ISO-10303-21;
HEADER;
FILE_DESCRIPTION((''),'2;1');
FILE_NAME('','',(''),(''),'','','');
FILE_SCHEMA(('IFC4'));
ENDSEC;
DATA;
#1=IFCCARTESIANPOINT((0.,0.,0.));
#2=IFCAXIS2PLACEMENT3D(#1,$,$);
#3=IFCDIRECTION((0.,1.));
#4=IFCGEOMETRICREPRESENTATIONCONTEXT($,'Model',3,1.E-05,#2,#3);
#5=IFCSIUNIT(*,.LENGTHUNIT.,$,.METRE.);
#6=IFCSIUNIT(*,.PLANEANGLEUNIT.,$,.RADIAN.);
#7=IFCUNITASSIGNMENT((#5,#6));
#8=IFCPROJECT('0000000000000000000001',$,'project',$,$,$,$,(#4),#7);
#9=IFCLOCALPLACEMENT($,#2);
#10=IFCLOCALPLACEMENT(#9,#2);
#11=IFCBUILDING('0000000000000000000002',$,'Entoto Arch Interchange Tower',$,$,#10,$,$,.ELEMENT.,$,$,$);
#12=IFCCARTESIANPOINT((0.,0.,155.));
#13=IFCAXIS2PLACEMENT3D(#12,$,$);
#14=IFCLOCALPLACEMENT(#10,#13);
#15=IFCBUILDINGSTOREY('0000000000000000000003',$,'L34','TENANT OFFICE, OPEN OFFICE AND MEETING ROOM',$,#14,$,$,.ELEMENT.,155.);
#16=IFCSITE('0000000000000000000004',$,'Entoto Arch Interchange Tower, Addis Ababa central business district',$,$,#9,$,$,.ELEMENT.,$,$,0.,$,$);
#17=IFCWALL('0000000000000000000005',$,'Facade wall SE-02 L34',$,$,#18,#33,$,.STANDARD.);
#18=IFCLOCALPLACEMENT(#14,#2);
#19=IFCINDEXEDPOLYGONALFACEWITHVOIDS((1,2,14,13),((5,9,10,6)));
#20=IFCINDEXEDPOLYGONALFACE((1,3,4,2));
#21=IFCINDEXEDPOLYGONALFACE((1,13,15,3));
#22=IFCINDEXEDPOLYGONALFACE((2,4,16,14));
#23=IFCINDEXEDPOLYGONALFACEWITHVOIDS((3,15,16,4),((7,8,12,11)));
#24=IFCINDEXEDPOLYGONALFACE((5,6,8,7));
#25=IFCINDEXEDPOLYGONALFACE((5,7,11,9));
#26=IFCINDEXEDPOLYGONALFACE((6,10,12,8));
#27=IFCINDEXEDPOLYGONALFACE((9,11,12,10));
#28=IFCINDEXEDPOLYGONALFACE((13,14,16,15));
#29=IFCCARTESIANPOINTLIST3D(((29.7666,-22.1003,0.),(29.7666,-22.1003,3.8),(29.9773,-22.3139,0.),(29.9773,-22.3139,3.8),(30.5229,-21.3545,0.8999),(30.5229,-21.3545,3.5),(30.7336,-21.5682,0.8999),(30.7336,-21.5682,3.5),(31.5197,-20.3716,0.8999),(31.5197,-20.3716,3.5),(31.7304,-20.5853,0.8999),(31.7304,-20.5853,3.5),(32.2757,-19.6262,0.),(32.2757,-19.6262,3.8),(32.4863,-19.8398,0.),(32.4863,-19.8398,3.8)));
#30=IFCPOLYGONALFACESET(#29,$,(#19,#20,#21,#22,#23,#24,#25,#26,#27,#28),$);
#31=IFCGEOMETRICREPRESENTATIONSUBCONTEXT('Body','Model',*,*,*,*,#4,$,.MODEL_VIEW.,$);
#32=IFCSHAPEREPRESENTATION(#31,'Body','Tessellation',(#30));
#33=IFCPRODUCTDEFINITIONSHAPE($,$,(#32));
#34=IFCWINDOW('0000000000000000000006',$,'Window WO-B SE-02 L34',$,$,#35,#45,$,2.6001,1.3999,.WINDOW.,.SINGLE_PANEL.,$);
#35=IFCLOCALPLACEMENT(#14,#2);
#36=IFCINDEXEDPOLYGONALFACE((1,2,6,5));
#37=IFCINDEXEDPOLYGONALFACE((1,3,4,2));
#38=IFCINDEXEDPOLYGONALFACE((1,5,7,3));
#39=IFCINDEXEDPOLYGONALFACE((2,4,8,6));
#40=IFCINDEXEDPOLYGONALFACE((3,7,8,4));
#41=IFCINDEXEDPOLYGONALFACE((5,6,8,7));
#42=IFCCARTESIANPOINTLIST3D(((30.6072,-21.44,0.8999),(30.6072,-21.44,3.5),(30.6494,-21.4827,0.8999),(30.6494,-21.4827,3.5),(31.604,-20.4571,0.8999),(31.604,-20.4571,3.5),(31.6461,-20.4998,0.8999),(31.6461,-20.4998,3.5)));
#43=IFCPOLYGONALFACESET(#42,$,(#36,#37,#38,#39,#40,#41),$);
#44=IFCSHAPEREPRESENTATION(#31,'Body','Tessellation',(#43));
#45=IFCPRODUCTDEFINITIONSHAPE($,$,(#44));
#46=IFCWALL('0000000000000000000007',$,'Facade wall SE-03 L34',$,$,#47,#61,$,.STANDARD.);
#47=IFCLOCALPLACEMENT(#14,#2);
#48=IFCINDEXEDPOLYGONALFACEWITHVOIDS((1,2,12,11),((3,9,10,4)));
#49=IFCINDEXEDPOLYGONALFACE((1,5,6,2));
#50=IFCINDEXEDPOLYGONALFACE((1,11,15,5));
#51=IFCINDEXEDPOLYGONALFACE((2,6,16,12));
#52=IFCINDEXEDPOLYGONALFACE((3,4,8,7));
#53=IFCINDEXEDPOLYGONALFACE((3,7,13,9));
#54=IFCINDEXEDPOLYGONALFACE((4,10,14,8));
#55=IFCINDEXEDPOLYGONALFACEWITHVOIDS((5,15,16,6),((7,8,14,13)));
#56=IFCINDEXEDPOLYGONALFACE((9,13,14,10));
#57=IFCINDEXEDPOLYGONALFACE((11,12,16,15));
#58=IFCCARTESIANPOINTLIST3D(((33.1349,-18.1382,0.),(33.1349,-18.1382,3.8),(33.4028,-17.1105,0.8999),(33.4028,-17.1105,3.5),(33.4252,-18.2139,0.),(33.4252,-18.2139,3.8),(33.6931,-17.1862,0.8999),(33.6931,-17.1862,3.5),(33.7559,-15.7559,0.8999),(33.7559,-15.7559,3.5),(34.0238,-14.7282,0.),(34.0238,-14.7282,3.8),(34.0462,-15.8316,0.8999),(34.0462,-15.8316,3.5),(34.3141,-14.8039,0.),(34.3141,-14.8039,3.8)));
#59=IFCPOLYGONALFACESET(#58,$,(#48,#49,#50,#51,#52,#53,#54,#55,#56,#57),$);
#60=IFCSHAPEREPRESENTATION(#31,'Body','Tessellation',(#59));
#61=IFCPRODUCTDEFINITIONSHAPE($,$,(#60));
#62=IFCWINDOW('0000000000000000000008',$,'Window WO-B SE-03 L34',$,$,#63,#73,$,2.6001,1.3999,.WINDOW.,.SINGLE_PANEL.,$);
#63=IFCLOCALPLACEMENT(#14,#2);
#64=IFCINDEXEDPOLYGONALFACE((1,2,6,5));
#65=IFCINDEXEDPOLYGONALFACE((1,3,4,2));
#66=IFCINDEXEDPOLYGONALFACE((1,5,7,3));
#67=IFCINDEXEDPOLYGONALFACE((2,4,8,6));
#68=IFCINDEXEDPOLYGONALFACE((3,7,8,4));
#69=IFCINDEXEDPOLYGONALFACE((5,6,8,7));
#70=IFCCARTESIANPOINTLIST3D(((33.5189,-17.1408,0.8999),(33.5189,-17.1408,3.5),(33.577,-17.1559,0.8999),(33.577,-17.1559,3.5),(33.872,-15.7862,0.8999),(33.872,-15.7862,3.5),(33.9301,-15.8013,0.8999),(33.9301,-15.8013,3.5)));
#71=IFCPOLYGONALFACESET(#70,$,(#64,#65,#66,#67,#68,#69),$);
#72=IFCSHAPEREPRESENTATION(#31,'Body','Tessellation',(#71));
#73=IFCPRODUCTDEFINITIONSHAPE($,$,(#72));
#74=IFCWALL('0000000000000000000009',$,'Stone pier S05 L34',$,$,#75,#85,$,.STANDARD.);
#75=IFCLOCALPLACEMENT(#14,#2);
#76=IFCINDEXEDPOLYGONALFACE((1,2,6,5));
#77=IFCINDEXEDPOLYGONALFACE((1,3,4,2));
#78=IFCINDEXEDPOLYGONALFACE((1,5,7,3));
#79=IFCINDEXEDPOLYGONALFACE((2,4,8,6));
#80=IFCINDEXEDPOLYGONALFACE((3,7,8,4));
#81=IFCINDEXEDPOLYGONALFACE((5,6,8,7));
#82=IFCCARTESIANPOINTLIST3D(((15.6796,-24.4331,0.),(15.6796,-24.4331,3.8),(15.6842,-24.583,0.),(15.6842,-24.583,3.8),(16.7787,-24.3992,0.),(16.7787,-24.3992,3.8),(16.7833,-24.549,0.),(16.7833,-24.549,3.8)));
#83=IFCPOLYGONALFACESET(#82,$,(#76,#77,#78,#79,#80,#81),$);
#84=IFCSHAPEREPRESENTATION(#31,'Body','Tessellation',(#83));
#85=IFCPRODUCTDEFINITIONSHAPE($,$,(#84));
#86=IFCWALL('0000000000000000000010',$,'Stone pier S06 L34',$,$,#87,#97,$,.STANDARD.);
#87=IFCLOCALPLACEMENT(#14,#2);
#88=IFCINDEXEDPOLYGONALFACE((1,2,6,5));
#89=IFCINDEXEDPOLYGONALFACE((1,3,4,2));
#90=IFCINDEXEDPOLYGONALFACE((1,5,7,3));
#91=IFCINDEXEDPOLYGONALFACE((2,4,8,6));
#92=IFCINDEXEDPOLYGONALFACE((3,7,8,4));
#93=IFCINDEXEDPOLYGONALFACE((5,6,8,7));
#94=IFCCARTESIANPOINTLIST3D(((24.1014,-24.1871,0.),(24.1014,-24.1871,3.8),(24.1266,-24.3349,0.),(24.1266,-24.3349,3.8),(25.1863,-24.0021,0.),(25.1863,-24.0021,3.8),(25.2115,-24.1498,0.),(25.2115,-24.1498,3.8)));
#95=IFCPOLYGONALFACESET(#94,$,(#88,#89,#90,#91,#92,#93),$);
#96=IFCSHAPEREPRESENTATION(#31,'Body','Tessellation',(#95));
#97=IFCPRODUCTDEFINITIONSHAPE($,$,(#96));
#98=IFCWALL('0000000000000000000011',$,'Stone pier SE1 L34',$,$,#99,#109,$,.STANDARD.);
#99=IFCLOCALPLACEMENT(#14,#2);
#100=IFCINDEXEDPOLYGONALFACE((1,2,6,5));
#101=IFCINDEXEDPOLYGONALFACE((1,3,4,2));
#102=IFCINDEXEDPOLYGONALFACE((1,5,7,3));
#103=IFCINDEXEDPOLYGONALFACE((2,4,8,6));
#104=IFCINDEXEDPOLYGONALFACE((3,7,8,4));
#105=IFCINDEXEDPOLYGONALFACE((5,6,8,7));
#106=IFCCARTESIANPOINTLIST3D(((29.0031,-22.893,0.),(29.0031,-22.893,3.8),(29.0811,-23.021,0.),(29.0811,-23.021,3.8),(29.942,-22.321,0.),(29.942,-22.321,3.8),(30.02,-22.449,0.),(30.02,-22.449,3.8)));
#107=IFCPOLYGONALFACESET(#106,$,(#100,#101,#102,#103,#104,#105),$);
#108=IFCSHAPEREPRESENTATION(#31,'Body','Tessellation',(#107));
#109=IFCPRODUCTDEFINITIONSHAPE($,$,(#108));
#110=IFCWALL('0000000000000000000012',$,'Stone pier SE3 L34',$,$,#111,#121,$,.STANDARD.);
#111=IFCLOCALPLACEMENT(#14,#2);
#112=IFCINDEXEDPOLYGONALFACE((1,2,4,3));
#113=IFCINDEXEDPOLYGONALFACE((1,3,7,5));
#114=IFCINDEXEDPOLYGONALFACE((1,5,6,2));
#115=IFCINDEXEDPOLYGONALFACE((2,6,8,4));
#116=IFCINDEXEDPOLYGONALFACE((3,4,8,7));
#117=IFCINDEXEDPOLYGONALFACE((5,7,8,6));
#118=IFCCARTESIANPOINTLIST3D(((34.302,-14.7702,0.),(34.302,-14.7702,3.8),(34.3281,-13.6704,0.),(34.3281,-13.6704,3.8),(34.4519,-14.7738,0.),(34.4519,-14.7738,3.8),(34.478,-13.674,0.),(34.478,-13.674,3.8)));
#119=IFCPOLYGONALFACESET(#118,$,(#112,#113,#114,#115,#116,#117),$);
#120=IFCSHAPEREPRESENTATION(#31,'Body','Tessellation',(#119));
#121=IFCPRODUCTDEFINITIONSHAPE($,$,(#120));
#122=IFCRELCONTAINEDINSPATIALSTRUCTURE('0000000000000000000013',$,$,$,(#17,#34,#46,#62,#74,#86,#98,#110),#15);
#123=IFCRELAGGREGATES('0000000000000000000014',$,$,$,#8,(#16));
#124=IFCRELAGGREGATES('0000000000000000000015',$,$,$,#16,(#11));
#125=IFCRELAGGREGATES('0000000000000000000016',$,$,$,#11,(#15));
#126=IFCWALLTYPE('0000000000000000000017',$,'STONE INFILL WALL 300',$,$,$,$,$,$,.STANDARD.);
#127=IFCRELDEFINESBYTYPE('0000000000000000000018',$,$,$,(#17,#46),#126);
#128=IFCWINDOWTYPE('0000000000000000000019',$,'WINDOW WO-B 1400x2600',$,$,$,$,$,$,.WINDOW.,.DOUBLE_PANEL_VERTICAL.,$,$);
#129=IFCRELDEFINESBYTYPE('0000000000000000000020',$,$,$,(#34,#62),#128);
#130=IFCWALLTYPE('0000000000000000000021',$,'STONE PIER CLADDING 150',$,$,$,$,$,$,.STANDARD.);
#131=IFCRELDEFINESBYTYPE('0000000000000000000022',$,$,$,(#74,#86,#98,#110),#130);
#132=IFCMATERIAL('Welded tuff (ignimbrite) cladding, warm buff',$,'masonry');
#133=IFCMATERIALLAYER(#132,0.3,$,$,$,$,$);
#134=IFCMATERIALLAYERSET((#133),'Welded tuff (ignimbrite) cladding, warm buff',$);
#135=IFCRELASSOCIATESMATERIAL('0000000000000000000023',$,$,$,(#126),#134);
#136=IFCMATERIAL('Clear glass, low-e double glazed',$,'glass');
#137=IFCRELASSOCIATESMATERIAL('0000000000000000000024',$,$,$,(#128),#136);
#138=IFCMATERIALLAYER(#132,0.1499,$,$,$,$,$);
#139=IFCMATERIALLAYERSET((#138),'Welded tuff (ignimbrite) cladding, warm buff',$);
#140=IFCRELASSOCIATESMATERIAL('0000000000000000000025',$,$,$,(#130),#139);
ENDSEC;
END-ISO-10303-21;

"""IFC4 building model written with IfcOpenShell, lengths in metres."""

from ifc_helpers import new_model, si_unit, direction, frame, frame_2d, origin, place, context, subcontext, project, spatial, rectangle, extrude, material, layer, layer_set, type_object, element, fill, save


model = new_model("IFC4")

# Units and contexts
model_context = context("Model", 3, precision=1e-05, world=origin(), true_north=direction((0.0, 1.0)))
body_context = subcontext(model_context, "Body", "Model", "MODEL_VIEW")
ifc_project = project(units=[si_unit("LENGTHUNIT", "METRE"), si_unit("PLANEANGLEUNIT", "RADIAN")], contexts=[model_context])

# Site, building, storey
site_placement = place(None, origin())
site = spatial("IfcSite", under=ifc_project, at=site_placement, Name="Entoto Arch Interchange Tower, Addis Ababa central business district", CompositionType="ELEMENT", RefElevation=0.0)
building_placement = place(site_placement, origin())
building = spatial("IfcBuilding", under=site, at=building_placement, Name="Entoto Arch Interchange Tower", CompositionType="ELEMENT")
storey_placement = place(building_placement, frame((0.0, 0.0, 155.0)))
storey = spatial("IfcBuildingStorey", under=building, at=storey_placement, Name="L34", Description="TENANT OFFICE, OPEN OFFICE AND MEETING ROOM", CompositionType="ELEMENT", Elevation=155.0)

# Shared definitions
ifc_material_1 = material(Name="Welded tuff (ignimbrite) cladding, warm buff", Category="masonry")
ifc_layer_1 = layer(ifc_material_1, 0.3)
ifc_layer_set_1 = layer_set([ifc_layer_1], Name="Welded tuff (ignimbrite) cladding, warm buff")
wall_type_1 = type_object("IfcWallType", Name="STONE INFILL WALL 300", PredefinedType="STANDARD", material=ifc_layer_set_1)
ifc_material_2 = material(Name="Clear glass, low-e double glazed", Category="glass")

# Walls, openings, windows
window_type_1 = type_object("IfcWindowType", Name="WINDOW WO-B 1400x2600", PartitioningType="DOUBLE_PANEL_VERTICAL", PredefinedType="WINDOW", material=ifc_material_2)
wall_1_placement = place(storey_placement, frame((29.8721, -22.207, 0.0), z_axis=(0.0, 0.0, 1.0), x_axis=(0.712043, 0.702136, 0.0)))
wall_1 = element("IfcWall", 1, at=wall_1_placement, inside=storey, type_object=wall_type_1, Name="Facade wall SE-02 L34", PredefinedType="STANDARD", context=body_context, shape_type="SweptSolid", body=[
    extrude(rectangle(XDim=3.5237, YDim=0.3, at=frame_2d((1.7617, 0.0))), origin(), (0.0, 0.0, 1.0), 3.8),
])
opening_1_placement = place(wall_1_placement, frame((1.062, 0.0, 0.8999)))
opening_1 = element("IfcOpeningElement", 2, at=opening_1_placement, cuts=wall_1, PredefinedType="OPENING", context=body_context, shape_type="SweptSolid", body=[
    extrude(rectangle(XDim=1.3999, YDim=2.6001, at=frame_2d((0.7, 1.3))), frame((0.0, 0.1602, 0.0), z_axis=(0.0, -1.0, 0.0), x_axis=(1.0, 0.0, 0.0)), (0.0, 0.0, 1.0), 0.3201),
])
window_1_placement = place(opening_1_placement, origin())
window_1 = element("IfcWindow", 3, at=window_1_placement, inside=storey, type_object=window_type_1, Name="Window WO-B SE-02 L34", OverallHeight=2.6001, OverallWidth=1.3999, PartitioningType="SINGLE_PANEL", PredefinedType="WINDOW", context=body_context, shape_type="SweptSolid", body=[
    extrude(rectangle(XDim=1.3999, YDim=2.6001, at=frame_2d((0.7, 1.3))), frame((0.0, 0.03, 0.0), z_axis=(0.0, -1.0, 0.0), x_axis=(1.0, 0.0, 0.0)), (0.0, 0.0, 1.0), 0.0601),
])
fill(opening_1, window_1)
wall_2_placement = place(storey_placement, frame((33.28, -18.176, 0.0), z_axis=(0.0, 0.0, 1.0), x_axis=(0.252255, 0.967661, 0.0)))
wall_2 = element("IfcWall", 4, at=wall_2_placement, inside=storey, type_object=wall_type_1, Name="Facade wall SE-03 L34", PredefinedType="STANDARD", context=body_context, shape_type="SweptSolid", body=[
    extrude(rectangle(XDim=3.5239, YDim=0.3, at=frame_2d((1.762, 0.0))), origin(), (0.0, 0.0, 1.0), 3.8),
])
opening_2_placement = place(wall_2_placement, frame((1.062, 0.0, 0.8999)))
opening_2 = element("IfcOpeningElement", 5, at=opening_2_placement, cuts=wall_2, PredefinedType="OPENING", context=body_context, shape_type="SweptSolid", body=[
    extrude(rectangle(XDim=1.3999, YDim=2.6001, at=frame_2d((0.7, 1.3))), frame((0.0, 0.1602, 0.0), z_axis=(0.0, -1.0, 0.0), x_axis=(1.0, 0.0, 0.0)), (0.0, 0.0, 1.0), 0.3201),
])
window_2_placement = place(opening_2_placement, origin())
window_2 = element("IfcWindow", 6, at=window_2_placement, inside=storey, type_object=window_type_1, Name="Window WO-B SE-03 L34", OverallHeight=2.6001, OverallWidth=1.3999, PartitioningType="SINGLE_PANEL", PredefinedType="WINDOW", context=body_context, shape_type="SweptSolid", body=[
    extrude(rectangle(XDim=1.3999, YDim=2.6001, at=frame_2d((0.7, 1.3))), frame((0.0, 0.03, 0.0), z_axis=(0.0, -1.0, 0.0), x_axis=(1.0, 0.0, 0.0)), (0.0, 0.0, 1.0), 0.0601),
])
fill(opening_2, window_2)

# Walls
ifc_layer_2 = layer(ifc_material_1, 0.1499)
ifc_layer_set_2 = layer_set([ifc_layer_2], Name="Welded tuff (ignimbrite) cladding, warm buff")
wall_type_2 = type_object("IfcWallType", Name="STONE PIER CLADDING 150", PredefinedType="STANDARD", material=ifc_layer_set_2)
wall_3_placement = place(storey_placement, frame((15.6819, -24.5081, 0.0), z_axis=(0.0, 0.0, 1.0), x_axis=(0.999524, 0.03086, 0.0)))
element("IfcWall", 7, at=wall_3_placement, inside=storey, type_object=wall_type_2, Name="Stone pier S05 L34", PredefinedType="STANDARD", context=body_context, shape_type="SweptSolid", body=[
    extrude(rectangle(XDim=1.0996, YDim=0.1499, at=frame_2d((0.5498, 0.0))), origin(), (0.0, 0.0, 1.0), 3.8),
])
wall_4_placement = place(storey_placement, frame((24.114, -24.261, 0.0), z_axis=(0.0, 0.0, 1.0), x_axis=(0.985763, 0.168139, 0.0)))
element("IfcWall", 8, at=wall_4_placement, inside=storey, type_object=wall_type_2, Name="Stone pier S06 L34", PredefinedType="STANDARD", context=body_context, shape_type="SweptSolid", body=[
    extrude(rectangle(XDim=1.1006, YDim=0.1499, at=frame_2d((0.5503, 0.0))), origin(), (0.0, 0.0, 1.0), 3.8),
])
wall_5_placement = place(storey_placement, frame((29.042, -22.957, 0.0), z_axis=(0.0, 0.0, 1.0), x_axis=(0.854006, 0.520264, 0.0)))
element("IfcWall", 9, at=wall_5_placement, inside=storey, type_object=wall_type_2, Name="Stone pier SE1 L34", PredefinedType="STANDARD", context=body_context, shape_type="SweptSolid", body=[
    extrude(rectangle(XDim=1.0994, YDim=0.1499, at=frame_2d((0.5498, 0.0))), origin(), (0.0, 0.0, 1.0), 3.8),
])
wall_6_placement = place(storey_placement, frame((34.377, -14.772, 0.0), z_axis=(0.0, 0.0, 1.0), x_axis=(0.023745, 0.999718, 0.0)))
element("IfcWall", 10, at=wall_6_placement, inside=storey, type_object=wall_type_2, Name="Stone pier SE3 L34", PredefinedType="STANDARD", context=body_context, shape_type="SweptSolid", body=[
    extrude(rectangle(XDim=1.1001, YDim=0.1499, at=frame_2d((0.55, 0.0))), origin(), (0.0, 0.0, 1.0), 3.8),
])

save(model, "model.ifc")
